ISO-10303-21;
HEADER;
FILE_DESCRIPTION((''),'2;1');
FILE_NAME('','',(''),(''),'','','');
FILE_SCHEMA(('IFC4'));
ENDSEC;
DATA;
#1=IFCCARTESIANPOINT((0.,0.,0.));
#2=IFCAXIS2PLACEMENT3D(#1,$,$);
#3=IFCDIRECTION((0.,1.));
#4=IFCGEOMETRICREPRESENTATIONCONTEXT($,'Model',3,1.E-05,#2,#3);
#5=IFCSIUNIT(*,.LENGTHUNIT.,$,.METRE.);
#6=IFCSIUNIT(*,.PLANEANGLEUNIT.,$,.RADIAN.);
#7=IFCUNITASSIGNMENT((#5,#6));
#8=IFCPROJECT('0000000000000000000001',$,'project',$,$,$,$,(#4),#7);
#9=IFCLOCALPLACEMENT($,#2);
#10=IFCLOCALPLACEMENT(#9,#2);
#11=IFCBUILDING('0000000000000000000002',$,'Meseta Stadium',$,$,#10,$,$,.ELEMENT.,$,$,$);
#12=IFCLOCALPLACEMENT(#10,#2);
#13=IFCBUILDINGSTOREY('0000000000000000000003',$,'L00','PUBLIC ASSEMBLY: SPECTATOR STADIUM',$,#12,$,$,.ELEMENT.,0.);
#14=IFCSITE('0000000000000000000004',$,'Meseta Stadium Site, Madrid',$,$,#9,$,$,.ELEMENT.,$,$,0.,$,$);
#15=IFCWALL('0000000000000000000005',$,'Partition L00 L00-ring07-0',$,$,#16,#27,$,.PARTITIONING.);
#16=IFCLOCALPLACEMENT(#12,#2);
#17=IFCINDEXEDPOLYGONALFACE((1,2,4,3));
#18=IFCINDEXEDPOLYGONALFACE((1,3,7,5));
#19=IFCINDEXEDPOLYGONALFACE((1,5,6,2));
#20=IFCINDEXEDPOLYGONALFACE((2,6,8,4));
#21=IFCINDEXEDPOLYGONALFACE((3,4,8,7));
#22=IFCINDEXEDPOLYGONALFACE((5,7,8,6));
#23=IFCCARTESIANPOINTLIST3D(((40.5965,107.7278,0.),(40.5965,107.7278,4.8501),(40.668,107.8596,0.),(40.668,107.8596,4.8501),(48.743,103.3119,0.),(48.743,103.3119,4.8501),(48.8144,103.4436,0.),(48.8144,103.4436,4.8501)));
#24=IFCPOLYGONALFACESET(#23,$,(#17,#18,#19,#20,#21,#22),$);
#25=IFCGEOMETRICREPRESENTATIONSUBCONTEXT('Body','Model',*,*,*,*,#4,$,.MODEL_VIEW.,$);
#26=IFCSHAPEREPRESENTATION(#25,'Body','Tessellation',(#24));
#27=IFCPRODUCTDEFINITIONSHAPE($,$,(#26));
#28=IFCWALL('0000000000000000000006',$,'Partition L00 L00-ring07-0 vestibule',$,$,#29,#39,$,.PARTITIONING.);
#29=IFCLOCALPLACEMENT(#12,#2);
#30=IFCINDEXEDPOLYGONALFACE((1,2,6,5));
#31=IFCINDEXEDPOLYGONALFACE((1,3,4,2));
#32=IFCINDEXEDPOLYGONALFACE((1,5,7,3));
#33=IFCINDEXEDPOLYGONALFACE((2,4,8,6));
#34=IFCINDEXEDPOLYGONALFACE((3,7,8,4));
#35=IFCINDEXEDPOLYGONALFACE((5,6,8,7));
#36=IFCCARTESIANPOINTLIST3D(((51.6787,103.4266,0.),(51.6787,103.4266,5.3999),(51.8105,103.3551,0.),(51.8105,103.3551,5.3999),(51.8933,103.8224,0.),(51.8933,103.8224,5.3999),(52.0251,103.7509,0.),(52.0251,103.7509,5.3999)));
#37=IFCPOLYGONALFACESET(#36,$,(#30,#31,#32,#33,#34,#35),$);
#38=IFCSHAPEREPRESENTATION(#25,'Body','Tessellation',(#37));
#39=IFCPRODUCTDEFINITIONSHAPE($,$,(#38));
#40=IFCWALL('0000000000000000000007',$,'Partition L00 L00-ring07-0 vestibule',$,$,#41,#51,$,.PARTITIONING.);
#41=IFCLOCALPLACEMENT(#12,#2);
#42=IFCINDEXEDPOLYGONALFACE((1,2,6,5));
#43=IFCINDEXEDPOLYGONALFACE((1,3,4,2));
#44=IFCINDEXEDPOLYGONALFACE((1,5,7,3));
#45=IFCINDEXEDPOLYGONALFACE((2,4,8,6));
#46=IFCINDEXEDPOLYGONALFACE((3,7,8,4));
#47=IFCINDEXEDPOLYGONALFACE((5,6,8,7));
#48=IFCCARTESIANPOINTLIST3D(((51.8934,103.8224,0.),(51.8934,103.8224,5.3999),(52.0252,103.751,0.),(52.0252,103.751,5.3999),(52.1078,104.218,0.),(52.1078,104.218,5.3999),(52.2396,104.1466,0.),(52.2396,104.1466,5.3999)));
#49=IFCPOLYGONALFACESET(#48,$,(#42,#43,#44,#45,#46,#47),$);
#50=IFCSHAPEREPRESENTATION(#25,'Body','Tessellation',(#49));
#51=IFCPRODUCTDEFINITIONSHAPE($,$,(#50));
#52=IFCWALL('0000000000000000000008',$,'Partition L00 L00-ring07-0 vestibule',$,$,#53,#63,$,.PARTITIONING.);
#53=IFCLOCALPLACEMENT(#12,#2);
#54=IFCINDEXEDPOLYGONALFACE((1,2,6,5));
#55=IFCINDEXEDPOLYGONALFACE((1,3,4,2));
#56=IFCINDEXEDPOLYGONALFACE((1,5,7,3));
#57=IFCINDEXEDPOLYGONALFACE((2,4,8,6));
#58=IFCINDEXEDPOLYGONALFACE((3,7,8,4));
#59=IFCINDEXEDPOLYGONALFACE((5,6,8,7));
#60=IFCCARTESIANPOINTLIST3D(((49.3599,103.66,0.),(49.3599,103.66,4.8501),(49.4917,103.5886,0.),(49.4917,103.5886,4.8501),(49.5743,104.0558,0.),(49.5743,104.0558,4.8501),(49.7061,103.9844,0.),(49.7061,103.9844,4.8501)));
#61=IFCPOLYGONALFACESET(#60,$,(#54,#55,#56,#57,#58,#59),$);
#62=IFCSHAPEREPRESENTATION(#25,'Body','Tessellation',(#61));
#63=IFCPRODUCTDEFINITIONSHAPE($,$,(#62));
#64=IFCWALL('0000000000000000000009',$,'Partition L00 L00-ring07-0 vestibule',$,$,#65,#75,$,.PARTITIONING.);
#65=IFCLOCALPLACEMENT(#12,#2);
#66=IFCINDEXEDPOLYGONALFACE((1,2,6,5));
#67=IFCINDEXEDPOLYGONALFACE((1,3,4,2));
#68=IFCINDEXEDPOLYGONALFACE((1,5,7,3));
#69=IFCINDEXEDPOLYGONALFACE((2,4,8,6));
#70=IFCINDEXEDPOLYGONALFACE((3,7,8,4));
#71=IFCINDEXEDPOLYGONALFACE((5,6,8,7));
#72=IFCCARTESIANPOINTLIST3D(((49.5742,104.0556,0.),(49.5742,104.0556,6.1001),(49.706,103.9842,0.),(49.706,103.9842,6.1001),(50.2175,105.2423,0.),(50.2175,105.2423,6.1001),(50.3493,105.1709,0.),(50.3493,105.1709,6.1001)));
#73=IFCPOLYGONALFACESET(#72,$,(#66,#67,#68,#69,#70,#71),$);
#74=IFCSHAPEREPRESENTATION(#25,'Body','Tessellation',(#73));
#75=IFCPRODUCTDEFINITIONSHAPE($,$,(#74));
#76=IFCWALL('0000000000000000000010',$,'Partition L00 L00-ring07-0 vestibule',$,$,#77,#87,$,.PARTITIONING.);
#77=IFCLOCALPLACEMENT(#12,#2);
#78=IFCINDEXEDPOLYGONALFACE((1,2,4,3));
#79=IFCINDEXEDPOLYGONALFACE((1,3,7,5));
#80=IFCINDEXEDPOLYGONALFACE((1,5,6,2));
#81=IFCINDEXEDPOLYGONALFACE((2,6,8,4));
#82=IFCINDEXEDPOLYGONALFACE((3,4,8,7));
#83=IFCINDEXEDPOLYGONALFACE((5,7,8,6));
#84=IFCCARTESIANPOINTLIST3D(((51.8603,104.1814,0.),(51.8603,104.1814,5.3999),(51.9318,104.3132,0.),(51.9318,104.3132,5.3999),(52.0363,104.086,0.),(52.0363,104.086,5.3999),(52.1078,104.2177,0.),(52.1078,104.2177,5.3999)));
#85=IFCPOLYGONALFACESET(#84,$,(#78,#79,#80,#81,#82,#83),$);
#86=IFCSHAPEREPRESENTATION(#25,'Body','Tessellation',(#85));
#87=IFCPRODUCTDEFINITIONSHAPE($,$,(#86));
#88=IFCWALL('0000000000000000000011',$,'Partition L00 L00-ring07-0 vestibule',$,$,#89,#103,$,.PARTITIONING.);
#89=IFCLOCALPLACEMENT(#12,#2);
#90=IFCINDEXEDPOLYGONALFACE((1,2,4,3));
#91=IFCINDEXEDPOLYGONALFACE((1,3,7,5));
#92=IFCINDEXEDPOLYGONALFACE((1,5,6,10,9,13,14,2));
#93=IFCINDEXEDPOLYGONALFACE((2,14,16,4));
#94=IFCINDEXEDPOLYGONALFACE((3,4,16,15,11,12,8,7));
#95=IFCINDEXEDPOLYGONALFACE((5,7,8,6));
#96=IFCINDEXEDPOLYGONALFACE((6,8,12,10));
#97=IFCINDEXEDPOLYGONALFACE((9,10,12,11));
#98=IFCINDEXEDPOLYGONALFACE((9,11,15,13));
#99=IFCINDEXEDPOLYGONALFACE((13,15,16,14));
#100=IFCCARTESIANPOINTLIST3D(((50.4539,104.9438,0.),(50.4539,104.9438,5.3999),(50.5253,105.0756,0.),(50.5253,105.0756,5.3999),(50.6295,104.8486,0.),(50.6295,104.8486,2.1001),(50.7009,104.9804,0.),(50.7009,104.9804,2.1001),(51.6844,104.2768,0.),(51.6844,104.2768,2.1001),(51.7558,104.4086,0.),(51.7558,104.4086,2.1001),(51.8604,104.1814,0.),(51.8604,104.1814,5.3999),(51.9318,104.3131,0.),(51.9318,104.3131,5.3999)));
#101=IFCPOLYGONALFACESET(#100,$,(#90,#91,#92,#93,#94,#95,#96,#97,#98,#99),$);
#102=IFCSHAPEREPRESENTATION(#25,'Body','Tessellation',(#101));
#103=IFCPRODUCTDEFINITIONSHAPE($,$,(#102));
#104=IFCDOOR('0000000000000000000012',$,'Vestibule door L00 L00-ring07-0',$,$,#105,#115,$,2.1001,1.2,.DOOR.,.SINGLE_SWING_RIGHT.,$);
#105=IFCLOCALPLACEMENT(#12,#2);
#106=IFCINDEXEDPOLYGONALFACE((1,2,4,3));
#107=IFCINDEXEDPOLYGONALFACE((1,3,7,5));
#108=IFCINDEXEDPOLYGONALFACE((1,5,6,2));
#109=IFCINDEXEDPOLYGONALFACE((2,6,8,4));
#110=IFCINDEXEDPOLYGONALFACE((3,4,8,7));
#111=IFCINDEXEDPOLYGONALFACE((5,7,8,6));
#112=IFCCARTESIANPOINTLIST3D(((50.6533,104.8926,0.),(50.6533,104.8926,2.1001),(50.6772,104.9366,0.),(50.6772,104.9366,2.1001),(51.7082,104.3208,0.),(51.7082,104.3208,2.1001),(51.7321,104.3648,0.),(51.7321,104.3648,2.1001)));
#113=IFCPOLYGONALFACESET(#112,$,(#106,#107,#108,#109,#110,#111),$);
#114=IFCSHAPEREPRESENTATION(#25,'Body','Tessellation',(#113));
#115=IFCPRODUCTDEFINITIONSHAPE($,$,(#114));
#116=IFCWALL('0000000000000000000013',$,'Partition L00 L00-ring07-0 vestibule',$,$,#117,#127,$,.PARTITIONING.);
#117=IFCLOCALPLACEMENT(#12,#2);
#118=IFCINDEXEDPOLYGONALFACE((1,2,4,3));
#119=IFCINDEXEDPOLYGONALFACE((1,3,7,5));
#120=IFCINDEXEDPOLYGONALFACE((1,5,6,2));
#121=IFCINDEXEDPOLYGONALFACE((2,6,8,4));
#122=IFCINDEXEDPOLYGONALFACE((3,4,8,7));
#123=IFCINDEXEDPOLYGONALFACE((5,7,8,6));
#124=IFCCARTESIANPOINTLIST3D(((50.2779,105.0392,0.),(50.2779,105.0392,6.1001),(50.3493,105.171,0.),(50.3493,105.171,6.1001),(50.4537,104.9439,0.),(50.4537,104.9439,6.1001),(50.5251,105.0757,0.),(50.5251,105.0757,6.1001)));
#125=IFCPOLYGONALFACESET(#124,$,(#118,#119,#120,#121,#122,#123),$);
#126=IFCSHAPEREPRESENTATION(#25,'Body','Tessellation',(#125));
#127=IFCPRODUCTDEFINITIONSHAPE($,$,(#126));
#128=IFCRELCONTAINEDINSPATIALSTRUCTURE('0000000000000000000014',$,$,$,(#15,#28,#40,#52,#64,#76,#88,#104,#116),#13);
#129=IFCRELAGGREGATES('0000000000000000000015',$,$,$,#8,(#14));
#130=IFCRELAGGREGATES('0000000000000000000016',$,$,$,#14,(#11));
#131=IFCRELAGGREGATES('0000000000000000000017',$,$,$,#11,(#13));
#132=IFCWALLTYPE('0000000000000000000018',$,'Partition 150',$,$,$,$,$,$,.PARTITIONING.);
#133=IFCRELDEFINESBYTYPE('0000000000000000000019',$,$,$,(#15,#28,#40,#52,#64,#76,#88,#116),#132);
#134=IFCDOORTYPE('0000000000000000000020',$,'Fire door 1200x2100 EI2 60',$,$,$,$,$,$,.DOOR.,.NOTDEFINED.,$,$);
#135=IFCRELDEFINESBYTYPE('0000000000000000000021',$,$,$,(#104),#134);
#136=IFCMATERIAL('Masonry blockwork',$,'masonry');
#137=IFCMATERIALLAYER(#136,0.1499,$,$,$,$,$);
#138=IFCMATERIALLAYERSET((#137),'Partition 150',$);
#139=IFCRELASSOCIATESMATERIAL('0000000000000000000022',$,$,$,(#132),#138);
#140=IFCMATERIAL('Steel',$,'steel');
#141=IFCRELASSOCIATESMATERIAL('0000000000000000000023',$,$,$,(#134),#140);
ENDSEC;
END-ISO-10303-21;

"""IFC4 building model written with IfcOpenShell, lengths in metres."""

from ifc_helpers import new_model, si_unit, direction, frame, frame_2d, origin, place, context, subcontext, project, spatial, rectangle, extrude, material, layer, layer_set, type_object, element, fill, save


model = new_model("IFC4")

# Units and contexts
model_context = context("Model", 3, precision=1e-05, world=origin(), true_north=direction((0.0, 1.0)))
body_context = subcontext(model_context, "Body", "Model", "MODEL_VIEW")
ifc_project = project(units=[si_unit("LENGTHUNIT", "METRE"), si_unit("PLANEANGLEUNIT", "RADIAN")], contexts=[model_context])

# Site, building, storey
site_placement = place(None, origin())
site = spatial("IfcSite", under=ifc_project, at=site_placement, Name="Meseta Stadium Site, Madrid", CompositionType="ELEMENT", RefElevation=0.0)
building_placement = place(site_placement, origin())
building = spatial("IfcBuilding", under=site, at=building_placement, Name="Meseta Stadium", CompositionType="ELEMENT")
storey_placement = place(building_placement, origin())
storey = spatial("IfcBuildingStorey", under=building, at=storey_placement, Name="L00", Description="PUBLIC ASSEMBLY: SPECTATOR STADIUM", CompositionType="ELEMENT", Elevation=0.0)

# Walls
ifc_material_1 = material(Name="Masonry blockwork", Category="masonry")
ifc_layer_1 = layer(ifc_material_1, 0.1499)
ifc_layer_set_1 = layer_set([ifc_layer_1], Name="Partition 150")
wall_type = type_object("IfcWallType", Name="Partition 150", PredefinedType="PARTITIONING", material=ifc_layer_set_1)
wall_1_placement = place(storey_placement, frame((48.7788, 103.3777, 0.0), z_axis=(0.0, 0.0, 1.0), x_axis=(-0.879141, 0.476562, 0.0)))
element("IfcWall", 1, at=wall_1_placement, inside=storey, type_object=wall_type, Name="Partition L00 L00-ring07-0", PredefinedType="PARTITIONING", context=body_context, shape_type="SweptSolid", body=[
    extrude(rectangle(XDim=9.2664, YDim=0.1499, at=frame_2d((4.6333, 0.0))), origin(), (0.0, 0.0, 1.0), 4.8501),
])
wall_2_placement = place(storey_placement, frame((51.7446, 103.3909, 0.0), z_axis=(0.0, 0.0, 1.0), x_axis=(0.476685, 0.879074, 0.0)))
element("IfcWall", 2, at=wall_2_placement, inside=storey, type_object=wall_type, Name="Partition L00 L00-ring07-0 vestibule", PredefinedType="PARTITIONING", context=body_context, shape_type="SweptSolid", body=[
    extrude(rectangle(XDim=0.4502, YDim=0.1499, at=frame_2d((0.2251, 0.0))), origin(), (0.0, 0.0, 1.0), 5.3999),
])
wall_3_placement = place(storey_placement, frame((51.9592, 103.7866, 0.0), z_axis=(0.0, 0.0, 1.0), x_axis=(0.476493, 0.879178, 0.0)))
element("IfcWall", 3, at=wall_3_placement, inside=storey, type_object=wall_type, Name="Partition L00 L00-ring07-0 vestibule", PredefinedType="PARTITIONING", context=body_context, shape_type="SweptSolid", body=[
    extrude(rectangle(XDim=0.45, YDim=0.1499, at=frame_2d((0.2251, 0.0))), origin(), (0.0, 0.0, 1.0), 5.3999),
])
wall_4_placement = place(storey_placement, frame((49.4258, 103.6243, 0.0), z_axis=(0.0, 0.0, 1.0), x_axis=(0.476266, 0.879301, 0.0)))
element("IfcWall", 4, at=wall_4_placement, inside=storey, type_object=wall_type, Name="Partition L00 L00-ring07-0 vestibule", PredefinedType="PARTITIONING", context=body_context, shape_type="SweptSolid", body=[
    extrude(rectangle(XDim=0.4502, YDim=0.1499, at=frame_2d((0.2251, 0.0))), origin(), (0.0, 0.0, 1.0), 4.8501),
])
wall_5_placement = place(storey_placement, frame((49.6401, 104.02, 0.0), z_axis=(0.0, 0.0, 1.0), x_axis=(0.476557, 0.879144, 0.0)))
element("IfcWall", 5, at=wall_5_placement, inside=storey, type_object=wall_type, Name="Partition L00 L00-ring07-0 vestibule", PredefinedType="PARTITIONING", context=body_context, shape_type="SweptSolid", body=[
    extrude(rectangle(XDim=1.3499, YDim=0.1499, at=frame_2d((0.6748, 0.0))), origin(), (0.0, 0.0, 1.0), 6.1001),
])
wall_6_placement = place(storey_placement, frame((52.072, 104.1519, 0.0), z_axis=(0.0, 0.0, 1.0), x_axis=(-0.879058, 0.476715, 0.0)))
element("IfcWall", 6, at=wall_6_placement, inside=storey, type_object=wall_type, Name="Partition L00 L00-ring07-0 vestibule", PredefinedType="PARTITIONING", context=body_context, shape_type="SweptSolid", body=[
    extrude(rectangle(XDim=0.2002, YDim=0.1499, at=frame_2d((0.1001, 0.0))), origin(), (0.0, 0.0, 1.0), 5.3999),
])

# Wall, opening, door
wall_7_placement = place(storey_placement, frame((51.896, 104.2473, 0.0), z_axis=(0.0, 0.0, 1.0), x_axis=(-0.879135, 0.476573, 0.0)))
wall_7 = element("IfcWall", 7, at=wall_7_placement, inside=storey, type_object=wall_type, Name="Partition L00 L00-ring07-0 vestibule", PredefinedType="PARTITIONING", context=body_context, shape_type="SweptSolid", body=[
    extrude(rectangle(XDim=1.5999, YDim=0.1499, at=frame_2d((0.7998, 0.0))), origin(), (0.0, 0.0, 1.0), 5.3999),
])
opening_placement = place(wall_7_placement, frame((0.2, 0.0, 0.0)))
opening = element("IfcOpeningElement", 8, at=opening_placement, cuts=wall_7, PredefinedType="OPENING", context=body_context, shape_type="SweptSolid", body=[
    extrude(rectangle(XDim=1.2, YDim=2.1001, at=frame_2d((0.6001, 1.05))), frame((0.0, 0.085, 0.0), z_axis=(0.0, -1.0, 0.0), x_axis=(1.0, 0.0, 0.0)), (0.0, 0.0, 1.0), 0.1699),
])
ifc_material_2 = material(Name="Steel", Category="steel")
door_type = type_object("IfcDoorType", Name="Fire door 1200x2100 EI2 60", OperationType="NOTDEFINED", PredefinedType="DOOR", material=ifc_material_2)
door_placement = place(opening_placement, origin())
door = element("IfcDoor", 9, at=door_placement, inside=storey, type_object=door_type, Name="Vestibule door L00 L00-ring07-0", OperationType="SINGLE_SWING_RIGHT", OverallHeight=2.1001, OverallWidth=1.2, PredefinedType="DOOR", context=body_context, shape_type="SweptSolid", body=[
    extrude(rectangle(XDim=1.2, YDim=2.1001, at=frame_2d((0.6001, 1.05))), frame((0.0, 0.0249, 0.0), z_axis=(0.0, -1.0, 0.0), x_axis=(1.0, 0.0, 0.0)), (0.0, 0.0, 1.0), 0.05),
])
fill(opening, door)

# Wall
wall_8_placement = place(storey_placement, frame((50.4895, 105.0098, 0.0), z_axis=(0.0, 0.0, 1.0), x_axis=(-0.879292, 0.476283, 0.0)))
element("IfcWall", 10, at=wall_8_placement, inside=storey, type_object=wall_type, Name="Partition L00 L00-ring07-0 vestibule", PredefinedType="PARTITIONING", context=body_context, shape_type="SweptSolid", body=[
    extrude(rectangle(XDim=0.2, YDim=0.1499, at=frame_2d((0.1001, 0.0))), origin(), (0.0, 0.0, 1.0), 6.1001),
])

save(model, "model.ifc")
